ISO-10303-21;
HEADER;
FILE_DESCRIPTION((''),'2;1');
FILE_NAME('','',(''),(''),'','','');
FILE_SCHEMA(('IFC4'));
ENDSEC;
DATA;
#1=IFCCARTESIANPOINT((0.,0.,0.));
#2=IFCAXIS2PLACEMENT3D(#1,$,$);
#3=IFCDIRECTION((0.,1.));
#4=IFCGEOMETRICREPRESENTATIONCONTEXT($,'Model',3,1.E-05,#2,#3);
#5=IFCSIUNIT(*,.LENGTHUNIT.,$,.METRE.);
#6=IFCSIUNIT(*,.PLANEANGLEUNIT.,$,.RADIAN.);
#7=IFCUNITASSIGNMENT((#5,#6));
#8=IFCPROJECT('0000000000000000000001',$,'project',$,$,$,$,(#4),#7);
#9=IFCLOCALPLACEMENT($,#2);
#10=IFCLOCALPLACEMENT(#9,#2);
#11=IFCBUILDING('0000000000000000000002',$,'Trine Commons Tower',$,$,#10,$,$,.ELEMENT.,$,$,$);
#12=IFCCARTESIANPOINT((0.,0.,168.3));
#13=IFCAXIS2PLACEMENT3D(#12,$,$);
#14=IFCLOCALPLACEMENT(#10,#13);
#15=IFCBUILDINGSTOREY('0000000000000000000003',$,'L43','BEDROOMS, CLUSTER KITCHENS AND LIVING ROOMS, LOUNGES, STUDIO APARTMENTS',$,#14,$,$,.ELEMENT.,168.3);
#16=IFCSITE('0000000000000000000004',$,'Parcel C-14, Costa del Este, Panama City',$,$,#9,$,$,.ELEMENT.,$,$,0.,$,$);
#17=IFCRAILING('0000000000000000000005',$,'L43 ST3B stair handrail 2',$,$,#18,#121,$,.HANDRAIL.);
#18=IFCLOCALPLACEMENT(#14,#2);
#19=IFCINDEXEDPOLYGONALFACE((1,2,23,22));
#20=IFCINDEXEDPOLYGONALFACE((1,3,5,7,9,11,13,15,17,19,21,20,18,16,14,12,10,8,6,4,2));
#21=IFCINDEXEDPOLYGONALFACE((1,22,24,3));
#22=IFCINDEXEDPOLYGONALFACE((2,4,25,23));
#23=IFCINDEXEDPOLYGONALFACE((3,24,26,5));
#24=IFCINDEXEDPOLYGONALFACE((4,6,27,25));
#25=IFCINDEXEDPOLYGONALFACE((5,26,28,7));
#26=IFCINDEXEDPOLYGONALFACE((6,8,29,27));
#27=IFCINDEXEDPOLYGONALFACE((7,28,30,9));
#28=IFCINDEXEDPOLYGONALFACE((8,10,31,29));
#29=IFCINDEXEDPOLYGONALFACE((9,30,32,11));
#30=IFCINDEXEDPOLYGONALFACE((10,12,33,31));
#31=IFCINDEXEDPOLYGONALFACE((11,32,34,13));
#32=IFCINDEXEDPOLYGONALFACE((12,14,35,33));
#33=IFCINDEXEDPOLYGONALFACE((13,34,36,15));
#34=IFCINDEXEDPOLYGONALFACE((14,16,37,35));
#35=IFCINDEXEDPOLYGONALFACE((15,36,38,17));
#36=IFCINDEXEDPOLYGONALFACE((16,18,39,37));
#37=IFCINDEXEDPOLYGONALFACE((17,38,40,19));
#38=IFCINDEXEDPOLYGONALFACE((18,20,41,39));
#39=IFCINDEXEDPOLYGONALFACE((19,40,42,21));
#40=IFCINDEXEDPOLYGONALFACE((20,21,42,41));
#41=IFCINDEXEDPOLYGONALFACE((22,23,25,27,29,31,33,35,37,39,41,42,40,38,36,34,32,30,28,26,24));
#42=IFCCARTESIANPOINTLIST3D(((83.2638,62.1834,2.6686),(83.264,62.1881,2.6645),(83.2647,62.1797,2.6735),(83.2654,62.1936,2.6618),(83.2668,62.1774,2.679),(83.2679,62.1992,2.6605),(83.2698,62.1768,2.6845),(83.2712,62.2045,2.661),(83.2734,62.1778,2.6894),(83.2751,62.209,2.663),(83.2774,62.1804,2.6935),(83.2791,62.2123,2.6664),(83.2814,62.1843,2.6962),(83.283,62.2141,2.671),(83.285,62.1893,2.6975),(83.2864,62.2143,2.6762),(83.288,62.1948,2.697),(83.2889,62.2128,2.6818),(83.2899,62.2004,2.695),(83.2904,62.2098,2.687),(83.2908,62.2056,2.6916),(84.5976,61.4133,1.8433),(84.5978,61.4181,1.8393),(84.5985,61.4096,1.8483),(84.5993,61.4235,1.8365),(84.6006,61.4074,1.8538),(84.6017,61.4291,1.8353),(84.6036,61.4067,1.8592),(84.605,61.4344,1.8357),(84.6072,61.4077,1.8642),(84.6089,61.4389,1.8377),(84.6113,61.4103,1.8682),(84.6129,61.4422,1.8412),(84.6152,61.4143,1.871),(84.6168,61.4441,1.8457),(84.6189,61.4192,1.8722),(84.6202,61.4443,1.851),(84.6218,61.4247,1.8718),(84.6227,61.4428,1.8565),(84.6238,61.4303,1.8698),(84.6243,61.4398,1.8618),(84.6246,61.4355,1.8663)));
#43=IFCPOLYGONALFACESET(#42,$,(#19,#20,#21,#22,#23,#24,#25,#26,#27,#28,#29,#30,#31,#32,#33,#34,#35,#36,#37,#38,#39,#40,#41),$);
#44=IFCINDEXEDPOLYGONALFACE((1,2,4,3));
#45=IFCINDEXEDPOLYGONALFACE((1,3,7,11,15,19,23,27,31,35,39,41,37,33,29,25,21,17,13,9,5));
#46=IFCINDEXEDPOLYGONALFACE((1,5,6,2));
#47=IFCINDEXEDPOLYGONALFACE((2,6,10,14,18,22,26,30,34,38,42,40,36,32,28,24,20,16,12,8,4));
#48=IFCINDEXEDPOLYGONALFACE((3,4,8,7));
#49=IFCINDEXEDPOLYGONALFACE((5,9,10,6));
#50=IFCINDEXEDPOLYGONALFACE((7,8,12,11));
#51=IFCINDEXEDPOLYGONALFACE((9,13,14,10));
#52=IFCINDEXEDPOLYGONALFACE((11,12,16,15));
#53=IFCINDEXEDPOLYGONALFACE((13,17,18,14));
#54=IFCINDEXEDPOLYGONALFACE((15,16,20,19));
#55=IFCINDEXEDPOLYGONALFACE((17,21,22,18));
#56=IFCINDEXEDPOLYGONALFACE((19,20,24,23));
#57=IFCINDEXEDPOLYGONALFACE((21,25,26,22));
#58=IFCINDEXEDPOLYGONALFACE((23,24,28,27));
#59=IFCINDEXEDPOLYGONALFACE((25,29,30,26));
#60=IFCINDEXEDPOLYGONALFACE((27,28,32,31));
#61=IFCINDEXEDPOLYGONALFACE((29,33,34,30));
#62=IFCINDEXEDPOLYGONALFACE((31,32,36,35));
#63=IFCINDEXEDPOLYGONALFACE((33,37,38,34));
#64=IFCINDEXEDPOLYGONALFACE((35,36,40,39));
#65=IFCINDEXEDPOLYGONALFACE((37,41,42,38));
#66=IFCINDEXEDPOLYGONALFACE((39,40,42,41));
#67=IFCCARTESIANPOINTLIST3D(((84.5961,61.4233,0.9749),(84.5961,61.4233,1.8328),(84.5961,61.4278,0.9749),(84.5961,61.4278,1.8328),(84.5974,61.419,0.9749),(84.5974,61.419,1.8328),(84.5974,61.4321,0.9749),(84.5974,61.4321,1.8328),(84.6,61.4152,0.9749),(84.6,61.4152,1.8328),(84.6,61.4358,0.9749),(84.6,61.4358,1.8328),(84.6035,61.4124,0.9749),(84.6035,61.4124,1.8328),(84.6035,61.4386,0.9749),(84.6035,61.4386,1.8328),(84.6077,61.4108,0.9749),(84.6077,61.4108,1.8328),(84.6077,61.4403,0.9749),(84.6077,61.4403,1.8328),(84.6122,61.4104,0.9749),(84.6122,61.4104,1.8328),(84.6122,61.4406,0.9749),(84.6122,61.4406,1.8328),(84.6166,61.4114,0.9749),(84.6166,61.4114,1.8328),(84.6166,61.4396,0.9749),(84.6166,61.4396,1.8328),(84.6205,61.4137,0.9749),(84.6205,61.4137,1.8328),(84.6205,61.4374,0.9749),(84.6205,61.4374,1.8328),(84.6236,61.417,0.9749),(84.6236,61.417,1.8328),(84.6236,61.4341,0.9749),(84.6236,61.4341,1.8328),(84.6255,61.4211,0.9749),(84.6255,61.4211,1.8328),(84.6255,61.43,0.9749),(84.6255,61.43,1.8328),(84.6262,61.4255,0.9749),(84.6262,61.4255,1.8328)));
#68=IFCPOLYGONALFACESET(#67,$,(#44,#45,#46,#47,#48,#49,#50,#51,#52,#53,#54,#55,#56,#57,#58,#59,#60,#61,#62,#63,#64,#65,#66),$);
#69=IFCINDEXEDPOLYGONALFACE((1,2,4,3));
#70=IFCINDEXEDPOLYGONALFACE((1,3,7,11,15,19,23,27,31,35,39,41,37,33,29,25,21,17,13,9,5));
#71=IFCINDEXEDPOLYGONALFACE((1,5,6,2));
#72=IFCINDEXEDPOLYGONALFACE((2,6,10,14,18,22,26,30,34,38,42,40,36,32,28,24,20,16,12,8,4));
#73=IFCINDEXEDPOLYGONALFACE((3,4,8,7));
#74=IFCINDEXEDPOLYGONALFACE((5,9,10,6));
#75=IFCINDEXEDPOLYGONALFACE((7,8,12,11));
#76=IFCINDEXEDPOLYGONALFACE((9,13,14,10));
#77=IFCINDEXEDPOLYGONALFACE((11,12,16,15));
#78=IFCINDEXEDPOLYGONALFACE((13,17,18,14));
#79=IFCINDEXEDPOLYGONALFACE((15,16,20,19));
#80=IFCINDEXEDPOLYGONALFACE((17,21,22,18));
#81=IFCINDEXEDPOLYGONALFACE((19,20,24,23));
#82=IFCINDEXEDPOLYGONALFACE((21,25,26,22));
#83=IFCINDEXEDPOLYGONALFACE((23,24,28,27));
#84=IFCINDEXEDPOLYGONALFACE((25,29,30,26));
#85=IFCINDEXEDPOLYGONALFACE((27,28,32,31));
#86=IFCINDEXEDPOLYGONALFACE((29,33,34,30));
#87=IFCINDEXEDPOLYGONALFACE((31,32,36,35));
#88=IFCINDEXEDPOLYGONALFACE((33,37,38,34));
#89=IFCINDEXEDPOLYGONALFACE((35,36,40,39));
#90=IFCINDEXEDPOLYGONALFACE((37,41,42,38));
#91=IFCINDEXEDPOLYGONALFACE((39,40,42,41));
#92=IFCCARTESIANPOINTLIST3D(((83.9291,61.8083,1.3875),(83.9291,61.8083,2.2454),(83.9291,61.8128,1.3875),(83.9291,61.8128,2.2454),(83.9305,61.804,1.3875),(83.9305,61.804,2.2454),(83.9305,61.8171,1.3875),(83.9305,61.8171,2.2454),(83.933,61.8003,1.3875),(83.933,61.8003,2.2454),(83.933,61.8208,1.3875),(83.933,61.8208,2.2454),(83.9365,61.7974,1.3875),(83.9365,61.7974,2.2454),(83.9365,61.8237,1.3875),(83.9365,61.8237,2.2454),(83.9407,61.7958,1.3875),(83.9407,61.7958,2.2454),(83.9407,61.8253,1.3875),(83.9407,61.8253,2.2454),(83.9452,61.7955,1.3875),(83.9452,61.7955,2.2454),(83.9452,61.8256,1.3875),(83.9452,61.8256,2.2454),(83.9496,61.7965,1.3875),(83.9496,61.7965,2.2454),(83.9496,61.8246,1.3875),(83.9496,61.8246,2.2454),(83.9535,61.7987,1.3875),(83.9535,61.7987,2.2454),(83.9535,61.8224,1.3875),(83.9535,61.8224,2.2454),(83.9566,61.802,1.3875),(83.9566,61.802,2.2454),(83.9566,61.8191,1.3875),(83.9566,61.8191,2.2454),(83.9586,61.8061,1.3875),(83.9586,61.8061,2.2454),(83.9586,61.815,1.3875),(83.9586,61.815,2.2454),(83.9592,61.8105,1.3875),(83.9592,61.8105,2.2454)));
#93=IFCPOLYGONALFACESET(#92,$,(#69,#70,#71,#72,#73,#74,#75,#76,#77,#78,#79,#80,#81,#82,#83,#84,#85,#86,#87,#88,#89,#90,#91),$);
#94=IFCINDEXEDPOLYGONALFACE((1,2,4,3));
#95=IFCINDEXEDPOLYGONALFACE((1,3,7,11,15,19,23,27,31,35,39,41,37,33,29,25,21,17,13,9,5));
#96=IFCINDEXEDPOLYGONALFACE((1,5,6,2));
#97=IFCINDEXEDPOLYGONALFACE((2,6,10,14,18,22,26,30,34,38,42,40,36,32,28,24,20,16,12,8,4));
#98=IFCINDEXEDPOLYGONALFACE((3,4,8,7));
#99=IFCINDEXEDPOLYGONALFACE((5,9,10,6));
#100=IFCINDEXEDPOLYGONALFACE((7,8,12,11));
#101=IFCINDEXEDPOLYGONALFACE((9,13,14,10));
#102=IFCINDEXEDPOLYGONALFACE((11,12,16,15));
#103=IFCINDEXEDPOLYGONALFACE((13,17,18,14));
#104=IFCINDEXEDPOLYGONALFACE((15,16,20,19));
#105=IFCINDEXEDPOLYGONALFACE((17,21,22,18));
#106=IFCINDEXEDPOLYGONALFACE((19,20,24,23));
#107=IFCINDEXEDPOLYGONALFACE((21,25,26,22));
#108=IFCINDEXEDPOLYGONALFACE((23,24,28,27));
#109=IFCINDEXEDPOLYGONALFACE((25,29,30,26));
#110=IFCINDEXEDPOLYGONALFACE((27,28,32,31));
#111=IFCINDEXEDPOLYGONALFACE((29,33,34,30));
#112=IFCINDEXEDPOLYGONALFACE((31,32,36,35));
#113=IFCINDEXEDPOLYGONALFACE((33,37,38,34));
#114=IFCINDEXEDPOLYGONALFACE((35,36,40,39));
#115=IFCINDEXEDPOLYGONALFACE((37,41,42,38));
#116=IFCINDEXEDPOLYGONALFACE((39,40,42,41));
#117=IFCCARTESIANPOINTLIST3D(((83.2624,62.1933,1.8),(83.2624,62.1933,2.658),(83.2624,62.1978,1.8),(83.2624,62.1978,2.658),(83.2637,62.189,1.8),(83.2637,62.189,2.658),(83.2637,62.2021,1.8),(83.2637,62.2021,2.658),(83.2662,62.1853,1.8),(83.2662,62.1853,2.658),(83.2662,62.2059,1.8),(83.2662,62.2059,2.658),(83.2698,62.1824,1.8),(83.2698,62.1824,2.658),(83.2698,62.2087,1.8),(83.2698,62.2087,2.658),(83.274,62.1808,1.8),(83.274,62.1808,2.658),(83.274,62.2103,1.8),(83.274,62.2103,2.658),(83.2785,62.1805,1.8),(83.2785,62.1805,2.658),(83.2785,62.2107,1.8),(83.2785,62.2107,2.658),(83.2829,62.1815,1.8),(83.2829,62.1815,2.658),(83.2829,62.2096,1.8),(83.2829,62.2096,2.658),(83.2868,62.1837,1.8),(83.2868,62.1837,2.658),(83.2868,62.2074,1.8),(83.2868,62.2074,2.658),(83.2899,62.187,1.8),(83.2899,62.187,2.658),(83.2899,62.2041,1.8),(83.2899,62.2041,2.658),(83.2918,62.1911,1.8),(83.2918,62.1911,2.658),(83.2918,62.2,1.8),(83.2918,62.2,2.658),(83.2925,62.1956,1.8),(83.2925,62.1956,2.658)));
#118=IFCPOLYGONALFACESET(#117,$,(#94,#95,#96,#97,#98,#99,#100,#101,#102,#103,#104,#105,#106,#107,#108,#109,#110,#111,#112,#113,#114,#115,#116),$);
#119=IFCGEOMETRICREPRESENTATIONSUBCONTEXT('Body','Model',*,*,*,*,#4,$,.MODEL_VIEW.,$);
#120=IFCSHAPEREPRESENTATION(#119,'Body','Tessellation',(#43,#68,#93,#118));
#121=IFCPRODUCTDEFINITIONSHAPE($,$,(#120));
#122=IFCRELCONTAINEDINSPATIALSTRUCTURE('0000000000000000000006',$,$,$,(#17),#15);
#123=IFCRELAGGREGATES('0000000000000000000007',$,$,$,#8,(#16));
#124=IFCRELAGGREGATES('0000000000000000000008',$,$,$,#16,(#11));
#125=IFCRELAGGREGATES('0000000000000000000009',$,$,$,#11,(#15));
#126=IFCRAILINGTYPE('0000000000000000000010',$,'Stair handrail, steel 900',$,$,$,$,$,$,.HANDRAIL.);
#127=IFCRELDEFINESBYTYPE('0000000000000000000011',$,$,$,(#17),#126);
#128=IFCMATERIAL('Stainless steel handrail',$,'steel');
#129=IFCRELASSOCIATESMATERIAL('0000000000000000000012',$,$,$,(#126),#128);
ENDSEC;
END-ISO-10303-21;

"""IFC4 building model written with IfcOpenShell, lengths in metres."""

from ifc_helpers import new_model, si_unit, direction, frame, origin, origin_2d, place, context, subcontext, project, spatial, circle, extrude, material, type_object, element, save


model = new_model("IFC4")

# Units and contexts
model_context = context("Model", 3, precision=1e-05, world=origin(), true_north=direction((0.0, 1.0)))
body_context = subcontext(model_context, "Body", "Model", "MODEL_VIEW")
ifc_project = project(units=[si_unit("LENGTHUNIT", "METRE"), si_unit("PLANEANGLEUNIT", "RADIAN")], contexts=[model_context])

# Site, building, storey
site_placement = place(None, origin())
site = spatial("IfcSite", under=ifc_project, at=site_placement, Name="Parcel C-14, Costa del Este, Panama City", CompositionType="ELEMENT", RefElevation=0.0)
building_placement = place(site_placement, origin())
building = spatial("IfcBuilding", under=site, at=building_placement, Name="Trine Commons Tower", CompositionType="ELEMENT")
storey_placement = place(building_placement, frame((0.0, 0.0, 168.3)))
storey = spatial("IfcBuildingStorey", under=building, at=storey_placement, Name="L43", Description="BEDROOMS, CLUSTER KITCHENS AND LIVING ROOMS, LOUNGES, STUDIO APARTMENTS", CompositionType="ELEMENT", Elevation=168.3)

# Railing
ifc_material_1 = material(Name="Stainless steel handrail", Category="steel")
railing_type_1 = type_object("IfcRailingType", Name="Stair handrail, steel 900", PredefinedType="HANDRAIL", material=ifc_material_1)
railing_1_placement = place(storey_placement, frame((84.6111, 61.4255, 0.9749)))
element("IfcRailing", 1, at=railing_1_placement, inside=storey, type_object=railing_type_1, Name="L43 ST3B stair handrail 2", PredefinedType="HANDRAIL", context=body_context, shape_type="SweptSolid", body=[
    extrude(circle(Radius=0.021, at=origin_2d()), frame((0.0, 0.0, 0.8789), z_axis=(-0.763355, 0.440714, 0.472293), x_axis=(-0.499992, -0.86603, 0.0)), (0.0, 0.0, 1.0), 1.7473),
    extrude(circle(Radius=0.0151, at=origin_2d()), origin(), (0.0, 0.0, 1.0), 0.8579),
    extrude(circle(Radius=0.0151, at=origin_2d()), frame((-0.667, 0.385, 0.4126)), (0.0, 0.0, 1.0), 0.8579),
    extrude(circle(Radius=0.0151, at=origin_2d()), frame((-1.3337, 0.77, 0.8252)), (0.0, 0.0, 1.0), 0.8579),
])

save(model, "model.ifc")
